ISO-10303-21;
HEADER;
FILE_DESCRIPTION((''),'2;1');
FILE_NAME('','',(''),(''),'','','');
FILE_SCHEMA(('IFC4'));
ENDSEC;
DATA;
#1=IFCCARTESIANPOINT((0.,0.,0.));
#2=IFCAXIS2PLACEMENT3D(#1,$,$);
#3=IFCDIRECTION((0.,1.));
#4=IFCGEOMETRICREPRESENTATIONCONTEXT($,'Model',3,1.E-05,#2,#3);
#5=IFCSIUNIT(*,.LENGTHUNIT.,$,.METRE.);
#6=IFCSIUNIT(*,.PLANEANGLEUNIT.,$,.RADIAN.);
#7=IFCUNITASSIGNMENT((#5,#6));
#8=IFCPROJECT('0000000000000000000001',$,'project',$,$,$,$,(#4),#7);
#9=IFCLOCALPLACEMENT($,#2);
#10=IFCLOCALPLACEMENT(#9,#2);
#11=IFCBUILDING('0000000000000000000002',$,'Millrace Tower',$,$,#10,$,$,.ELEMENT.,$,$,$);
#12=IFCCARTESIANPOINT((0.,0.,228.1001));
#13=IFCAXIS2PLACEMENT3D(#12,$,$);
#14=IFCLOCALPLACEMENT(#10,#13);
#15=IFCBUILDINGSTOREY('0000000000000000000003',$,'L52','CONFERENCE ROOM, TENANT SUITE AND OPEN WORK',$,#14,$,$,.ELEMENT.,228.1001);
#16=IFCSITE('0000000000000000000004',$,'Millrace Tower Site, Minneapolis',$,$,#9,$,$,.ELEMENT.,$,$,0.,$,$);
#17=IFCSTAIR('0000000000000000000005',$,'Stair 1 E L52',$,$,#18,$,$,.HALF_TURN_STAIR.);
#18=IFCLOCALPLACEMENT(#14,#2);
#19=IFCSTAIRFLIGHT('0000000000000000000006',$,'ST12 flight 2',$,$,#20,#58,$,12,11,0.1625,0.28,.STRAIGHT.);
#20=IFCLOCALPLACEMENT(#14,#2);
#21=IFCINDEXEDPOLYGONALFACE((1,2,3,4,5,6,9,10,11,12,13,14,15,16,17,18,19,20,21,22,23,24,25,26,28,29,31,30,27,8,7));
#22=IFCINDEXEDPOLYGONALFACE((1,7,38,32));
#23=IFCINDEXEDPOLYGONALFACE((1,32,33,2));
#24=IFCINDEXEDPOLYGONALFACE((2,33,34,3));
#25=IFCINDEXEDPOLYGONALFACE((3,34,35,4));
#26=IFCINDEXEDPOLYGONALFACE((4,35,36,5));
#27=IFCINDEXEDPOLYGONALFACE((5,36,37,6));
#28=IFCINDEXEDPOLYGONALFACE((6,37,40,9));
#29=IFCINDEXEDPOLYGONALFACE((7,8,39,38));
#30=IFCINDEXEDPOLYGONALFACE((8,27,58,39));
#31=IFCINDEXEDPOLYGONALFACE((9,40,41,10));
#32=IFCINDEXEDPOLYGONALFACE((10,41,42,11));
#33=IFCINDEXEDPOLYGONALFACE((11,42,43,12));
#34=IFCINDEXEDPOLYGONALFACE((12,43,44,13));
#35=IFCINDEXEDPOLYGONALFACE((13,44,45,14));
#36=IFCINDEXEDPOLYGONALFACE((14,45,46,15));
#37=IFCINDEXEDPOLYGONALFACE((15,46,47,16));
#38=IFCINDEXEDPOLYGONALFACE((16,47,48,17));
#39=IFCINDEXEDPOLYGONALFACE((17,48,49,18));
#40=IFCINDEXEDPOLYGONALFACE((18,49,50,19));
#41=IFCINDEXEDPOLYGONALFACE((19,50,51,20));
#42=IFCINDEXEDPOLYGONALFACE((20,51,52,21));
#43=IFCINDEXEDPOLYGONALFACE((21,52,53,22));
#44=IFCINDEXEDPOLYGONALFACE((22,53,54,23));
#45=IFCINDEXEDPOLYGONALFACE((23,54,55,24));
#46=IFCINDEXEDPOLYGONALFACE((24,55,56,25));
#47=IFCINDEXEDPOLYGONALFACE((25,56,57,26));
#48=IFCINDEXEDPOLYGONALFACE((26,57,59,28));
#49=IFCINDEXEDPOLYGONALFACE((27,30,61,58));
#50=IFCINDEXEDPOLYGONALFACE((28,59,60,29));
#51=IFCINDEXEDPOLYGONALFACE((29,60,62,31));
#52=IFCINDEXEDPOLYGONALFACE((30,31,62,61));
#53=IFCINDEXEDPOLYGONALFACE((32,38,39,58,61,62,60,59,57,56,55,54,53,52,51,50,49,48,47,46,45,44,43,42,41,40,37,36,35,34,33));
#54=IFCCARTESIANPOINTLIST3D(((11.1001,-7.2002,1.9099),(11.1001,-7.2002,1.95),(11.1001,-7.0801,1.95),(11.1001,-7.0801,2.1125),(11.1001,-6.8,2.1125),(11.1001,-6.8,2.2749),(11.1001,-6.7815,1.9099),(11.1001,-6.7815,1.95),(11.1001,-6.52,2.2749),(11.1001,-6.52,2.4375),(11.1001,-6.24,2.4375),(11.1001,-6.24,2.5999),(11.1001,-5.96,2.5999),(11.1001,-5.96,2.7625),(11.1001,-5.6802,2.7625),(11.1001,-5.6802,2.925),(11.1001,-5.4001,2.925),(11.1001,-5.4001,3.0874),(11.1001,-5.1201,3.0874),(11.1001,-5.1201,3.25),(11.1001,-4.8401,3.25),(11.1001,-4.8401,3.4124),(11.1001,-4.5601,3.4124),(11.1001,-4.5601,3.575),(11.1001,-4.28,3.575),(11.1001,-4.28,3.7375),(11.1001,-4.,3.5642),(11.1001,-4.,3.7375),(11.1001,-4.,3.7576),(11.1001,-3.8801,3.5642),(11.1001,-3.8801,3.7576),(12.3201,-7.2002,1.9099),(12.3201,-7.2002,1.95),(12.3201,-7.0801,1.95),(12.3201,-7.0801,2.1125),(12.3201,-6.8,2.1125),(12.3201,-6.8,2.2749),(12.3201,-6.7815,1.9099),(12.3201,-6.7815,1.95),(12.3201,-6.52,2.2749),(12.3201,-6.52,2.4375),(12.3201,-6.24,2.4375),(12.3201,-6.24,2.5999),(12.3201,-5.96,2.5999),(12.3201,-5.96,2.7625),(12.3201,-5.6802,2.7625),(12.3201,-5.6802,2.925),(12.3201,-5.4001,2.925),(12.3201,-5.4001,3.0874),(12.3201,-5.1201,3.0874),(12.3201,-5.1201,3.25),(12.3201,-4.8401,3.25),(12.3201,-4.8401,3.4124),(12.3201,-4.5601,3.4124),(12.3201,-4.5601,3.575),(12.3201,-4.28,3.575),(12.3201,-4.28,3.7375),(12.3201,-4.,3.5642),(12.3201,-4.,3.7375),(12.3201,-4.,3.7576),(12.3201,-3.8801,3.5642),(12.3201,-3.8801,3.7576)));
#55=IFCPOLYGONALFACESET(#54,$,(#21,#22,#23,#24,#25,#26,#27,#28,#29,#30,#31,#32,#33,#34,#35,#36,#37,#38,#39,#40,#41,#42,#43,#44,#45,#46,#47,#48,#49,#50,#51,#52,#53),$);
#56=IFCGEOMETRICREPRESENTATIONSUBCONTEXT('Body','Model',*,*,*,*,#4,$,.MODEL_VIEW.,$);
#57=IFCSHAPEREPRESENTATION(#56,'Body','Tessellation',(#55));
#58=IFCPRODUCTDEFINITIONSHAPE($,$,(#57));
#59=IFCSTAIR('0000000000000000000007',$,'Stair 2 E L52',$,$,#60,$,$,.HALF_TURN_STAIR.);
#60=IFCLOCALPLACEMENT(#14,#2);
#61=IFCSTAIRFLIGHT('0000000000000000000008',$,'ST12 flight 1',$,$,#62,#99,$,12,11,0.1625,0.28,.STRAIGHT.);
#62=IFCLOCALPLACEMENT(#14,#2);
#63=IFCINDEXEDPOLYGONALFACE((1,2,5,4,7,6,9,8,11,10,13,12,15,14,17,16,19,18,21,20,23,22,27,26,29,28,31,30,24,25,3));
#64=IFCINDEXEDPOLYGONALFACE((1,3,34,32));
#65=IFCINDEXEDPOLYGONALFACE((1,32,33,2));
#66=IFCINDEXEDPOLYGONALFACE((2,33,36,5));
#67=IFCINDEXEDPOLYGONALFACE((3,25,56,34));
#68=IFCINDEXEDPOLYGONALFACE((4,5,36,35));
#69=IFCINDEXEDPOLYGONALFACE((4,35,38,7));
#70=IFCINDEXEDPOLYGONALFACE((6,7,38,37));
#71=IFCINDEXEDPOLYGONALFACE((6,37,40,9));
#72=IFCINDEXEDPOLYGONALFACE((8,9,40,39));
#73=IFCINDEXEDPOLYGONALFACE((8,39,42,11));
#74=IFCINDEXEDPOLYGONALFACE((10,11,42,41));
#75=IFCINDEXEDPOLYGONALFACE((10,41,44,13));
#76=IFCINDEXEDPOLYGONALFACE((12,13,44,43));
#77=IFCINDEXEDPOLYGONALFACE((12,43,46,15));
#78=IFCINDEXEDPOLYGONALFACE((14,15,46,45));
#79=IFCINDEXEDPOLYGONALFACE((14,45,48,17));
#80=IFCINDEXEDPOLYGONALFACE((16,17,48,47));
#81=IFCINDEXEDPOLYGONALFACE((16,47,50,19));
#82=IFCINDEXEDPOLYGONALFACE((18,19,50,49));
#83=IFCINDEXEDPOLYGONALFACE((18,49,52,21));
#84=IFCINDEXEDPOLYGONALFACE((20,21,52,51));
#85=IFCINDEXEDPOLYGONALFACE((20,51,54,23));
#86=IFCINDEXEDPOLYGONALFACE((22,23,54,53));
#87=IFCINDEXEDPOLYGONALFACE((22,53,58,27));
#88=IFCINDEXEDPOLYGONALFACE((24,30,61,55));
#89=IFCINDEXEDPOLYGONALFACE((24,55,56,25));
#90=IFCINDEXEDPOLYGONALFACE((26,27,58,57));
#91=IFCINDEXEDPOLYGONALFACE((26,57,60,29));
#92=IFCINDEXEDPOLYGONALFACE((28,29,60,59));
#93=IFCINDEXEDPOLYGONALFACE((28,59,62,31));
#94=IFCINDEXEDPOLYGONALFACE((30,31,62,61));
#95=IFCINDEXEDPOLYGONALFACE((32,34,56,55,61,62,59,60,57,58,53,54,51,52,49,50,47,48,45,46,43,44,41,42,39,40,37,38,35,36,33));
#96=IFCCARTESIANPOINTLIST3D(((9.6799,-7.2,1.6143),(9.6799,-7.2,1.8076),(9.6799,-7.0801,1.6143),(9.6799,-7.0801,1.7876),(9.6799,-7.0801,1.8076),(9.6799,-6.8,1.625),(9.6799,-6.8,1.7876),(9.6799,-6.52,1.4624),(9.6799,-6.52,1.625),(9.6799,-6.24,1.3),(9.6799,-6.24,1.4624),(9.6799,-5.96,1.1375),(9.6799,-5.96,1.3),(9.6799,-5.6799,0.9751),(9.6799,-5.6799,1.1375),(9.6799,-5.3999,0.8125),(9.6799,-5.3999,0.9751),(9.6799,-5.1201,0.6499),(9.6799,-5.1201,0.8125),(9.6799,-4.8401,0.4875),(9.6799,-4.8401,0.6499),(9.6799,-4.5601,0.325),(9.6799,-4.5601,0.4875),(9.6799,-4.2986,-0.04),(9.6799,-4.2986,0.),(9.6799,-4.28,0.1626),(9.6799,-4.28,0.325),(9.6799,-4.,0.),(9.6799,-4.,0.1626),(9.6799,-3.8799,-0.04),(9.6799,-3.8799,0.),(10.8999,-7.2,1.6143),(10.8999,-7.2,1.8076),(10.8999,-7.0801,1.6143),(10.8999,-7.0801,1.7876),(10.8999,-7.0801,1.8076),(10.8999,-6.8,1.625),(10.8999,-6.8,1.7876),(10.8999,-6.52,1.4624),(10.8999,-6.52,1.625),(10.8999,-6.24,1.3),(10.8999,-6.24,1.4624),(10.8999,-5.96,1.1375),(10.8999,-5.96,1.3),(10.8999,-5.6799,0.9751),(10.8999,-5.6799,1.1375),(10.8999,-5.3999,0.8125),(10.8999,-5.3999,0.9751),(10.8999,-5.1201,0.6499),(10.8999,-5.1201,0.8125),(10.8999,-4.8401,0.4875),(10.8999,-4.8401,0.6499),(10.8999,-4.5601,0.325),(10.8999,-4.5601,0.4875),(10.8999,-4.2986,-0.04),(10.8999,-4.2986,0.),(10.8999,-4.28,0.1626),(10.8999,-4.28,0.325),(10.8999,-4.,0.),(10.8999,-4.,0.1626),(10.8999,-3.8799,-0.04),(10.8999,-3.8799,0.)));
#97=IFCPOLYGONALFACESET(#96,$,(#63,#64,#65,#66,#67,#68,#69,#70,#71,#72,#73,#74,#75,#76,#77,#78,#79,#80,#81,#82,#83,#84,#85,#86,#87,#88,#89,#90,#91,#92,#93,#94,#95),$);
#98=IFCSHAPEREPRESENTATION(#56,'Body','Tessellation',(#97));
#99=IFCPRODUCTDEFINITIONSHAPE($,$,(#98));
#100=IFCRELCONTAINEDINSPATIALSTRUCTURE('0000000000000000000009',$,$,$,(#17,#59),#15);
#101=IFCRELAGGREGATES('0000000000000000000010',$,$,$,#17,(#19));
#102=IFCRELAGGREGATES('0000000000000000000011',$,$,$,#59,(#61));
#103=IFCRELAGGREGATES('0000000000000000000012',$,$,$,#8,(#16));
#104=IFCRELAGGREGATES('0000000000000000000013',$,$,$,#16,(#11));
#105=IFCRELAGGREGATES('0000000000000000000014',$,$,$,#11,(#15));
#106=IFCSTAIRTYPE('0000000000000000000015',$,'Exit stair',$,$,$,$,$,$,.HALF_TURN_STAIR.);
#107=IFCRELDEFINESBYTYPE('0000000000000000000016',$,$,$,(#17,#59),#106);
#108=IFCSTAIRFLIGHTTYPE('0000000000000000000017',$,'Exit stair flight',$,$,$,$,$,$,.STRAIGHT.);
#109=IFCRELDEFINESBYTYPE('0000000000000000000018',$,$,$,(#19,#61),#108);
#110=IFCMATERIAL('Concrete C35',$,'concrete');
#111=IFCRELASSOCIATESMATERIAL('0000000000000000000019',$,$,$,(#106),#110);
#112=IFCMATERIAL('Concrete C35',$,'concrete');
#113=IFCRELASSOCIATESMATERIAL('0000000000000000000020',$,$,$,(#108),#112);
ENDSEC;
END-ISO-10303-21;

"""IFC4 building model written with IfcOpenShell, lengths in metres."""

from ifc_helpers import new_model, si_unit, direction, frame, origin, place, context, subcontext, project, spatial, polyline, outline, extrude, material, type_object, element, aggregate, save


model = new_model("IFC4")

# Units and contexts
model_context = context("Model", 3, precision=1e-05, world=origin(), true_north=direction((0.0, 1.0)))
body_context = subcontext(model_context, "Body", "Model", "MODEL_VIEW")
ifc_project = project(units=[si_unit("LENGTHUNIT", "METRE"), si_unit("PLANEANGLEUNIT", "RADIAN")], contexts=[model_context])

# Site, building, storey
site_placement = place(None, origin())
site = spatial("IfcSite", under=ifc_project, at=site_placement, Name="Millrace Tower Site, Minneapolis", CompositionType="ELEMENT", RefElevation=0.0)
building_placement = place(site_placement, origin())
building = spatial("IfcBuilding", under=site, at=building_placement, Name="Millrace Tower", CompositionType="ELEMENT")
storey_placement = place(building_placement, frame((0.0, 0.0, 228.1001)))
storey = spatial("IfcBuildingStorey", under=building, at=storey_placement, Name="L52", Description="CONFERENCE ROOM, TENANT SUITE AND OPEN WORK", CompositionType="ELEMENT", Elevation=228.1001)

# Shared definitions
placement = place(storey_placement, origin())

# Stair, stair flight
ifc_material_1 = material(Name="Concrete C35", Category="concrete")
stair_type = type_object("IfcStairType", Name="Exit stair", PredefinedType="HALF_TURN_STAIR", material=ifc_material_1)
stair_1 = element("IfcStair", 1, at=placement, inside=storey, type_object=stair_type, Name="Stair 1 E L52", PredefinedType="HALF_TURN_STAIR")
ifc_material_2 = material(Name="Concrete C35", Category="concrete")
stair_flight_type = type_object("IfcStairFlightType", Name="Exit stair flight", PredefinedType="STRAIGHT", material=ifc_material_2)
stair_flight_1_placement = place(storey_placement, frame((11.71, -7.0801, 1.95), z_axis=(0.0, 0.0, 1.0), x_axis=(0.0, 1.0, 0.0)))
stair_flight_1 = element("IfcStairFlight", 2, at=stair_flight_1_placement, type_object=stair_flight_type, Name="ST12 flight 2", NumberOfRisers=12, NumberOfTreads=11, PredefinedType="STRAIGHT", RiserHeight=0.1625, TreadLength=0.28, context=body_context, shape_type="SweptSolid", body=[
    extrude(outline(polyline([(-0.1201, -0.04), (-0.1201, 0.0), (0.0, 0.0), (0.0, 0.1626), (0.28, 0.1626), (0.28, 0.325), (0.5601, 0.325), (0.5601, 0.4875), (0.8401, 0.4875), (0.8401, 0.6499), (1.1201, 0.6499), (1.1201, 0.8125), (1.3999, 0.8125), (1.3999, 0.9751), (1.6799, 0.9751), (1.6799, 1.1375), (1.96, 1.1375), (1.96, 1.3), (2.24, 1.3), (2.24, 1.4624), (2.52, 1.4624), (2.52, 1.625), (2.8, 1.625), (2.8, 1.7876), (3.0801, 1.7876), (3.0801, 1.8076), (3.2, 1.8076), (3.2, 1.6143), (3.0801, 1.6143), (0.2986, 0.0), (0.2986, -0.04), (-0.1201, -0.04)])), frame((0.0, 0.6099, 0.0), z_axis=(0.0, -1.0, 0.0), x_axis=(1.0, 0.0, 0.0)), (0.0, 0.0, 1.0), 1.22),
])
aggregate(stair_1, [stair_flight_1])

# Stair, stair flight
stair_2 = element("IfcStair", 3, at=placement, inside=storey, type_object=stair_type, Name="Stair 2 E L52", PredefinedType="HALF_TURN_STAIR")
stair_flight_2_placement = place(storey_placement, frame((10.29, -4.0, 0.0), z_axis=(0.0, 0.0, 1.0), x_axis=(0.0, -1.0, 0.0)))
stair_flight_2 = element("IfcStairFlight", 4, at=stair_flight_2_placement, type_object=stair_flight_type, Name="ST12 flight 1", NumberOfRisers=12, NumberOfTreads=11, PredefinedType="STRAIGHT", RiserHeight=0.1625, TreadLength=0.28, context=body_context, shape_type="SweptSolid", body=[
    extrude(outline(polyline([(-0.1201, -0.04), (-0.1201, 0.0), (0.0, 0.0), (0.0, 0.1626), (0.28, 0.1626), (0.28, 0.325), (0.5601, 0.325), (0.5601, 0.4875), (0.8401, 0.4875), (0.8401, 0.6499), (1.1201, 0.6499), (1.1201, 0.8125), (1.3999, 0.8125), (1.3999, 0.9751), (1.6799, 0.9751), (1.6799, 1.1375), (1.96, 1.1375), (1.96, 1.3), (2.24, 1.3), (2.24, 1.4624), (2.52, 1.4624), (2.52, 1.625), (2.8, 1.625), (2.8, 1.7876), (3.0801, 1.7876), (3.0801, 1.8076), (3.2, 1.8076), (3.2, 1.6143), (3.0801, 1.6143), (0.2986, 0.0), (0.2986, -0.04), (-0.1201, -0.04)])), frame((0.0, 0.6099, 0.0), z_axis=(0.0, -1.0, 0.0), x_axis=(1.0, 0.0, 0.0)), (0.0, 0.0, 1.0), 1.22),
])
aggregate(stair_2, [stair_flight_2])

save(model, "model.ifc")
